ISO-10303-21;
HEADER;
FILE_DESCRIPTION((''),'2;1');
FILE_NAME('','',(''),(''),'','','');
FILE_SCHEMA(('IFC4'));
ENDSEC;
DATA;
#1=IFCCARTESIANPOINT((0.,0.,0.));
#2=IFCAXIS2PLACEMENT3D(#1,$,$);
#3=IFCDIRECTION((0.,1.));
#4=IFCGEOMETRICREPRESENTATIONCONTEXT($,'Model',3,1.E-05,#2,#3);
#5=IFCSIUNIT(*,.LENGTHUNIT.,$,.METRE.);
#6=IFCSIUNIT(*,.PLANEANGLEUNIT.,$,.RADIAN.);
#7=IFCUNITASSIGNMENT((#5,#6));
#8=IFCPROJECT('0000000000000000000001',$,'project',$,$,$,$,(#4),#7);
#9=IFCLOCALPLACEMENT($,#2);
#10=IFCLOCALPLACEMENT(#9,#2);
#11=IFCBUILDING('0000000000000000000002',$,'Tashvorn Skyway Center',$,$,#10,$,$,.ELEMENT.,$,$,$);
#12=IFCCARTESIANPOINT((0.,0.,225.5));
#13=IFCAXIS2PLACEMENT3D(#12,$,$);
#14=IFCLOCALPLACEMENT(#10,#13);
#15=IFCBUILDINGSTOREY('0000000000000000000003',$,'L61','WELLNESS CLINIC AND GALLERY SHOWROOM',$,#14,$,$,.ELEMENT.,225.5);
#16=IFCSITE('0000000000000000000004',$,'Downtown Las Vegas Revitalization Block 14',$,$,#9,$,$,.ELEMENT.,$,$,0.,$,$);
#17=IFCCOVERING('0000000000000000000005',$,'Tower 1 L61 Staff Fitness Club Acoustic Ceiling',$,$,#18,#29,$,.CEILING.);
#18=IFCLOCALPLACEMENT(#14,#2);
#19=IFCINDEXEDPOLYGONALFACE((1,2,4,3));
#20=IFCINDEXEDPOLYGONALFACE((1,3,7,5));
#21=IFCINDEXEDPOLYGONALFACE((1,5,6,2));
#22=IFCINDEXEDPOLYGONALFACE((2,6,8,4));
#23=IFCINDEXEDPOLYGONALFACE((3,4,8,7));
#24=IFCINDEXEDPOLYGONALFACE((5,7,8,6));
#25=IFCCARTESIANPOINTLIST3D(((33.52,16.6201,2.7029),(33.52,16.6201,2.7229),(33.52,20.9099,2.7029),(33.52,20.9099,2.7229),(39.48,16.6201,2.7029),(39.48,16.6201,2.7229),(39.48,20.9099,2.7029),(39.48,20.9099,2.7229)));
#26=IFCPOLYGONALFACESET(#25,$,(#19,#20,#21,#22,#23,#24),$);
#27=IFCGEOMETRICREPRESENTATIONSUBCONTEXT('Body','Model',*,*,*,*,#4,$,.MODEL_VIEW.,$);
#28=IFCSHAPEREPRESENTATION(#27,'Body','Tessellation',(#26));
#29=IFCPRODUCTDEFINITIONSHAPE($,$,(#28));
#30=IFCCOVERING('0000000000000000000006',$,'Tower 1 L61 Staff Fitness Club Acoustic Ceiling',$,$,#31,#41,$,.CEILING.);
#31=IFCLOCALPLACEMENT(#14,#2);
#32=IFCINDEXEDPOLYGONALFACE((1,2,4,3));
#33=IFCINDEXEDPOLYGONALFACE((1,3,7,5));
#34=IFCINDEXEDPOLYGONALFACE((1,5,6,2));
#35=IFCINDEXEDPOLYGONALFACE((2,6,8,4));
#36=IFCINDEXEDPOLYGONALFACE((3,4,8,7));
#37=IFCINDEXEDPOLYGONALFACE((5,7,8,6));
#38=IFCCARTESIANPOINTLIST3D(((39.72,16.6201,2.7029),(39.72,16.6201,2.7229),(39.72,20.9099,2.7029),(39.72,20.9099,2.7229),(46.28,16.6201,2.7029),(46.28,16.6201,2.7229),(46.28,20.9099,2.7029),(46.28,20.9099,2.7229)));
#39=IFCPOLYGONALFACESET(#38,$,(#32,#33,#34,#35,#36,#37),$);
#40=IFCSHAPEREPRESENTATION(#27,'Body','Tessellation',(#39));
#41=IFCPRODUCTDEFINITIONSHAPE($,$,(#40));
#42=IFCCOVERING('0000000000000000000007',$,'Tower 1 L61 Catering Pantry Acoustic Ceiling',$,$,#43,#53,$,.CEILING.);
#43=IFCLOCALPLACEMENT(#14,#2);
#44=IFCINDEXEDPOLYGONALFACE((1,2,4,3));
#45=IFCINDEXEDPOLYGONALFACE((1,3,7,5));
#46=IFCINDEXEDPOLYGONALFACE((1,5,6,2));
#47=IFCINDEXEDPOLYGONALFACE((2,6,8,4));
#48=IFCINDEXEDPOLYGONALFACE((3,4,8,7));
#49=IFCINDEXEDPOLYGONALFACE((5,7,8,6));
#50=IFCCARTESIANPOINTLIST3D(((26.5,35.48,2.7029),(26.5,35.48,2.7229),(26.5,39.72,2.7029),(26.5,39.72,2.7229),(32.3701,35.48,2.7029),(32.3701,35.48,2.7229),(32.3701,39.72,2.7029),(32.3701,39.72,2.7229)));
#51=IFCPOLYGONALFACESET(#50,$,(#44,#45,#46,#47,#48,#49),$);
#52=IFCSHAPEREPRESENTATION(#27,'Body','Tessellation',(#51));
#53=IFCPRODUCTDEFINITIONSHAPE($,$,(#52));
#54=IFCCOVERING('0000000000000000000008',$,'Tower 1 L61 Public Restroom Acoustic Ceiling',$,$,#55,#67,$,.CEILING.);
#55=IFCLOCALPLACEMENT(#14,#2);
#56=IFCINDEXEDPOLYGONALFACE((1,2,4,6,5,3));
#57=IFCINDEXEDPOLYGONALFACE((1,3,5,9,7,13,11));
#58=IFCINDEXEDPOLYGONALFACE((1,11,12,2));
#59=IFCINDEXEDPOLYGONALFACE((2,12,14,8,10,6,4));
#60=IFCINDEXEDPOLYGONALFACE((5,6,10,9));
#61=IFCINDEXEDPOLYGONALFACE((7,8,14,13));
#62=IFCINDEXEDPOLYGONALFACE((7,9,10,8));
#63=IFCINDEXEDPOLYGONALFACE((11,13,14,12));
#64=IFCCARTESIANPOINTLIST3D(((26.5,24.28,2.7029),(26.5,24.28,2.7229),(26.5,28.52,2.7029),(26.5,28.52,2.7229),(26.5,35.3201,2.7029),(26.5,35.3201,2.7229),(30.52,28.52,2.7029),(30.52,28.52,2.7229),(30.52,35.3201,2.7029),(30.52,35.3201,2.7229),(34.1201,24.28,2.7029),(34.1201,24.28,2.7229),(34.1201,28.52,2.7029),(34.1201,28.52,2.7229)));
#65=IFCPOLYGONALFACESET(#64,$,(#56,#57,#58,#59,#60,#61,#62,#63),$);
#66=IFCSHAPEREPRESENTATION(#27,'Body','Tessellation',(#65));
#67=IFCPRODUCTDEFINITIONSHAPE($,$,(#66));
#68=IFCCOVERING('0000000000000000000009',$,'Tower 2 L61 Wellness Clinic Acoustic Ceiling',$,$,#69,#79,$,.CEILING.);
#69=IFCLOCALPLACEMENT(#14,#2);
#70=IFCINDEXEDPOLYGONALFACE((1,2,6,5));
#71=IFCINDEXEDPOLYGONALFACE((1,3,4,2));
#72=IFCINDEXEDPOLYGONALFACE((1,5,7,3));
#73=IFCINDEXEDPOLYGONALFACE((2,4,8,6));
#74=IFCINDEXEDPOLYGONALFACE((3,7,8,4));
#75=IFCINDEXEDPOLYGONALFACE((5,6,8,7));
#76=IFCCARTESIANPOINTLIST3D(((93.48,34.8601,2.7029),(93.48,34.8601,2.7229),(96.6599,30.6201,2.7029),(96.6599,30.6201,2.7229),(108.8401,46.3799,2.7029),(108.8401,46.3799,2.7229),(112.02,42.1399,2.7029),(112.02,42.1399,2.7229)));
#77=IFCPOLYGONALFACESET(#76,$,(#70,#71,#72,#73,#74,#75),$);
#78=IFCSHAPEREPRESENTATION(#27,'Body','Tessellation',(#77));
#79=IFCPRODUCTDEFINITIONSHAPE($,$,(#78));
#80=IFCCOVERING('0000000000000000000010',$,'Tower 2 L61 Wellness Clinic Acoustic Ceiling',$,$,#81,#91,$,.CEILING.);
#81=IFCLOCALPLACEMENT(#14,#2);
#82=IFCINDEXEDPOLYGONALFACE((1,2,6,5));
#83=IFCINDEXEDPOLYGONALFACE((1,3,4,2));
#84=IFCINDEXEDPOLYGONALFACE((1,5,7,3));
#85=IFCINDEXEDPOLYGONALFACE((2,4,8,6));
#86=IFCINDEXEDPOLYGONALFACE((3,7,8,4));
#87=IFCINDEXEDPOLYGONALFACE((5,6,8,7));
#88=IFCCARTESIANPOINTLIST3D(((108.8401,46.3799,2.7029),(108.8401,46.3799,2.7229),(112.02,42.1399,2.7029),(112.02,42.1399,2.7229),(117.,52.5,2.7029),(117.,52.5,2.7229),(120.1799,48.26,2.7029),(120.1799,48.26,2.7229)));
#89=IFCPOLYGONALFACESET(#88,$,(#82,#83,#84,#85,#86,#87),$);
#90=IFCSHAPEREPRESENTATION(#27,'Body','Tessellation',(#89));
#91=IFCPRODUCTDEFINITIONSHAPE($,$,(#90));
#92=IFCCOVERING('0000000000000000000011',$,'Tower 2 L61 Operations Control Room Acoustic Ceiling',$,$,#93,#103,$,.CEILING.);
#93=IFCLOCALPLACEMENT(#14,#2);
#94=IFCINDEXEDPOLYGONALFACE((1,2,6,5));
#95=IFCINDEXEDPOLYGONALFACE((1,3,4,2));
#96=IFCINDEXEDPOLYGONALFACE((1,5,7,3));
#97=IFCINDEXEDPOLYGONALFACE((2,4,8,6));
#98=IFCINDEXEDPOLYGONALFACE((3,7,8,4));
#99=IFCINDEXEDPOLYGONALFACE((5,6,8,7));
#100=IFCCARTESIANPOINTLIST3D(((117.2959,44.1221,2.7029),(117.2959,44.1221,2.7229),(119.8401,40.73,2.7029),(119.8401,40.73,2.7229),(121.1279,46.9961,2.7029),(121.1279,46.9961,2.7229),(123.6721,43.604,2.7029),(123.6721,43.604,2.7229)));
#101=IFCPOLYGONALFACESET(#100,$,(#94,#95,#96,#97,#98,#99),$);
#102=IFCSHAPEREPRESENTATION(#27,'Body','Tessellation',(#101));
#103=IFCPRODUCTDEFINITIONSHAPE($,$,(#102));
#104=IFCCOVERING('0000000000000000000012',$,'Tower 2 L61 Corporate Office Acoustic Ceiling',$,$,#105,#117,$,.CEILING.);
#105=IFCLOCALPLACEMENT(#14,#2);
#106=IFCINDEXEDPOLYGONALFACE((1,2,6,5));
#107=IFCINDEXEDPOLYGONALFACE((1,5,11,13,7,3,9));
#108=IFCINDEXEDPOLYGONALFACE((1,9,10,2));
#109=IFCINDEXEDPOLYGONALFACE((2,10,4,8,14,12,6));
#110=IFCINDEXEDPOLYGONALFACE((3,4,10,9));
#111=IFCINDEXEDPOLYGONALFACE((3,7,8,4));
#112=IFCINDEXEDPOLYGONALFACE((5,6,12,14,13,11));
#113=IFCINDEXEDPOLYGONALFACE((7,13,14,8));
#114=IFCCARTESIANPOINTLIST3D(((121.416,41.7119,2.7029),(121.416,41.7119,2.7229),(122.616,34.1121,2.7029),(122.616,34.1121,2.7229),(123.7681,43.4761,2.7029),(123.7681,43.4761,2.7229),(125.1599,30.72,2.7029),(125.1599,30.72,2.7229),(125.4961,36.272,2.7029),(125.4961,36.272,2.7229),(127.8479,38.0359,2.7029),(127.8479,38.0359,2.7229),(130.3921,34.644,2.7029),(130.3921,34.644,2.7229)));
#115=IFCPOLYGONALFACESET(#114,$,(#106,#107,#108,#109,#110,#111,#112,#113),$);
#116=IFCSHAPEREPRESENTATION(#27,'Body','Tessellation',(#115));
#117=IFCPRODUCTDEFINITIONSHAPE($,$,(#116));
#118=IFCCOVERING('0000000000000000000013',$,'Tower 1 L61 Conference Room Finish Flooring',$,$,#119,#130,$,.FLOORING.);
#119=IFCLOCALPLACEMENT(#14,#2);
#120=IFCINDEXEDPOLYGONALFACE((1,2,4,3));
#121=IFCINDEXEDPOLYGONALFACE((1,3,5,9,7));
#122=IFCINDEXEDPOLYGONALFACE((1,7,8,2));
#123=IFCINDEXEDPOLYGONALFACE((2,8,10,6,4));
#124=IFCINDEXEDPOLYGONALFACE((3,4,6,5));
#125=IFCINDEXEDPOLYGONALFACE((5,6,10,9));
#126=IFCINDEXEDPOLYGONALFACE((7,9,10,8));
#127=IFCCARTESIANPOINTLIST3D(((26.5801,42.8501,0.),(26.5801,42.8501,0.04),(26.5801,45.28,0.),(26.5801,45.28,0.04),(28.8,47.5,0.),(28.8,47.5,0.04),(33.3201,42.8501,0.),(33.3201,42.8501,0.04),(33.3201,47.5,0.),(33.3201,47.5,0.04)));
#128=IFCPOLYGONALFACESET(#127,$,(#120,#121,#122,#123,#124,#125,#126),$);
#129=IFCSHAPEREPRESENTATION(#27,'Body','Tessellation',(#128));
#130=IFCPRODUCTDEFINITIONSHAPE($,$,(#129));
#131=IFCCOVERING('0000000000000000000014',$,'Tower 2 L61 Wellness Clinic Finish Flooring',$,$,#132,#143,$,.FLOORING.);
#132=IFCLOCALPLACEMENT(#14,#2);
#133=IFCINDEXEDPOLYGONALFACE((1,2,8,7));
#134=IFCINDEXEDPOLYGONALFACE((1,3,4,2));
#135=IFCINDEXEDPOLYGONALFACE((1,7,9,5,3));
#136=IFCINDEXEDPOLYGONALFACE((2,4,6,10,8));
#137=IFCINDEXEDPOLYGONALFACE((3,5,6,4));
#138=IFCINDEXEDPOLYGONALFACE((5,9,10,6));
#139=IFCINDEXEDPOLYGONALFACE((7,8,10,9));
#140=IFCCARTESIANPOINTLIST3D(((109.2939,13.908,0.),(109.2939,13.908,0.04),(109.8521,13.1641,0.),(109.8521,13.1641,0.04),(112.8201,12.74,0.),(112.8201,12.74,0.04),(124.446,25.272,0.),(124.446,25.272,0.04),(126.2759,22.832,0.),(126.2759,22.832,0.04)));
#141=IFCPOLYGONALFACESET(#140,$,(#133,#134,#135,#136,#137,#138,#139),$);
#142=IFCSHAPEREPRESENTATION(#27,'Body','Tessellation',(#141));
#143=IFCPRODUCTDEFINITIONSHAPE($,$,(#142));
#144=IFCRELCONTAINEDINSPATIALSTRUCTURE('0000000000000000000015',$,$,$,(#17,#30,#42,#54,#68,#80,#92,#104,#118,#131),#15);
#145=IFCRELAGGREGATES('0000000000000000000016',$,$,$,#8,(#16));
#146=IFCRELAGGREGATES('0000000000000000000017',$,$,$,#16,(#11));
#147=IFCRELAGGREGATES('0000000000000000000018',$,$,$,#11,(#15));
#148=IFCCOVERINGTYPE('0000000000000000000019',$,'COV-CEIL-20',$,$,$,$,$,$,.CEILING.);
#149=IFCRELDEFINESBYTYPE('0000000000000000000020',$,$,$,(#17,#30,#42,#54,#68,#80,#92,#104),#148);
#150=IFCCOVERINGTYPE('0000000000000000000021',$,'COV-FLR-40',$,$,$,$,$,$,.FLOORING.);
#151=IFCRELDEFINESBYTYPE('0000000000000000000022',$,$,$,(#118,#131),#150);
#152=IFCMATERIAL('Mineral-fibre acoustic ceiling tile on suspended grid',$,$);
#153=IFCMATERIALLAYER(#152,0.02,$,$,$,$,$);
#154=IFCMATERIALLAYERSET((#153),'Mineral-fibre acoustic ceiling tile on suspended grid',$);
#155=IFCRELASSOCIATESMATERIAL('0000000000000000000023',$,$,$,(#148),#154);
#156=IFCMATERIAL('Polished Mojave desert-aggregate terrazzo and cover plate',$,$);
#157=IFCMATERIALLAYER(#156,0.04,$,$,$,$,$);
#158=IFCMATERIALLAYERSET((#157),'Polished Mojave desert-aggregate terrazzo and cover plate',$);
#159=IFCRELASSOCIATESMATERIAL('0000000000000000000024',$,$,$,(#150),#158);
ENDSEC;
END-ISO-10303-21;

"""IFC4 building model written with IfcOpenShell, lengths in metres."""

from ifc_helpers import new_model, si_unit, direction, frame, origin, place, context, subcontext, project, spatial, polyline, outline, extrude, material, layer, layer_set, type_object, element, save


model = new_model("IFC4")

# Units and contexts
model_context = context("Model", 3, precision=1e-05, world=origin(), true_north=direction((0.0, 1.0)))
body_context = subcontext(model_context, "Body", "Model", "MODEL_VIEW")
ifc_project = project(units=[si_unit("LENGTHUNIT", "METRE"), si_unit("PLANEANGLEUNIT", "RADIAN")], contexts=[model_context])

# Site, building, storey
site_placement = place(None, origin())
site = spatial("IfcSite", under=ifc_project, at=site_placement, Name="Downtown Las Vegas Revitalization Block 14", CompositionType="ELEMENT", RefElevation=0.0)
building_placement = place(site_placement, origin())
building = spatial("IfcBuilding", under=site, at=building_placement, Name="Tashvorn Skyway Center", CompositionType="ELEMENT")
storey_placement = place(building_placement, frame((0.0, 0.0, 225.5)))
storey = spatial("IfcBuildingStorey", under=building, at=storey_placement, Name="L61", Description="WELLNESS CLINIC AND GALLERY SHOWROOM", CompositionType="ELEMENT", Elevation=225.5)

# Coverings
ifc_material_1 = material(Name="Mineral-fibre acoustic ceiling tile on suspended grid")
ifc_layer_1 = layer(ifc_material_1, 0.02)
ifc_layer_set_1 = layer_set([ifc_layer_1], Name="Mineral-fibre acoustic ceiling tile on suspended grid")
covering_type_1 = type_object("IfcCoveringType", Name="COV-CEIL-20", PredefinedType="CEILING", material=ifc_layer_set_1)
covering_1_placement = place(storey_placement, frame((0.0, 0.0, 2.7029)))
element("IfcCovering", 1, at=covering_1_placement, inside=storey, type_object=covering_type_1, Name="Tower 1 L61 Staff Fitness Club Acoustic Ceiling", PredefinedType="CEILING", context=body_context, shape_type="SweptSolid", body=[
    extrude(outline(polyline([(33.52, 20.9099), (39.48, 20.9099), (39.48, 16.6201), (33.52, 16.6201), (33.52, 20.9099)])), origin(), (0.0, 0.0, 1.0), 0.02),
])
covering_2_placement = place(storey_placement, frame((0.0, 0.0, 2.7029)))
element("IfcCovering", 2, at=covering_2_placement, inside=storey, type_object=covering_type_1, Name="Tower 1 L61 Staff Fitness Club Acoustic Ceiling", PredefinedType="CEILING", context=body_context, shape_type="SweptSolid", body=[
    extrude(outline(polyline([(39.72, 20.9099), (46.28, 20.9099), (46.28, 16.6201), (39.72, 16.6201), (39.72, 20.9099)])), origin(), (0.0, 0.0, 1.0), 0.02),
])
covering_3_placement = place(storey_placement, frame((0.0, 0.0, 2.7029)))
element("IfcCovering", 3, at=covering_3_placement, inside=storey, type_object=covering_type_1, Name="Tower 1 L61 Catering Pantry Acoustic Ceiling", PredefinedType="CEILING", context=body_context, shape_type="SweptSolid", body=[
    extrude(outline(polyline([(32.3701, 39.72), (32.3701, 35.48), (26.5, 35.48), (26.5, 39.72), (32.3701, 39.72)])), origin(), (0.0, 0.0, 1.0), 0.02),
])
covering_4_placement = place(storey_placement, frame((0.0, 0.0, 2.7029)))
element("IfcCovering", 4, at=covering_4_placement, inside=storey, type_object=covering_type_1, Name="Tower 1 L61 Public Restroom Acoustic Ceiling", PredefinedType="CEILING", context=body_context, shape_type="SweptSolid", body=[
    extrude(outline(polyline([(34.1201, 24.28), (26.5, 24.28), (26.5, 28.52), (26.5, 35.3201), (30.52, 35.3201), (30.52, 28.52), (34.1201, 28.52), (34.1201, 24.28)])), origin(), (0.0, 0.0, 1.0), 0.02),
])
covering_5_placement = place(storey_placement, frame((0.0, 0.0, 2.7029)))
element("IfcCovering", 5, at=covering_5_placement, inside=storey, type_object=covering_type_1, Name="Tower 2 L61 Wellness Clinic Acoustic Ceiling", PredefinedType="CEILING", context=body_context, shape_type="SweptSolid", body=[
    extrude(outline(polyline([(96.6599, 30.6201), (112.02, 42.1399), (108.8401, 46.3799), (93.48, 34.8601), (96.6599, 30.6201)])), origin(), (0.0, 0.0, 1.0), 0.02),
])
covering_6_placement = place(storey_placement, frame((0.0, 0.0, 2.7029)))
element("IfcCovering", 6, at=covering_6_placement, inside=storey, type_object=covering_type_1, Name="Tower 2 L61 Wellness Clinic Acoustic Ceiling", PredefinedType="CEILING", context=body_context, shape_type="SweptSolid", body=[
    extrude(outline(polyline([(112.02, 42.1399), (120.1799, 48.26), (117.0, 52.5), (108.8401, 46.3799), (112.02, 42.1399)])), origin(), (0.0, 0.0, 1.0), 0.02),
])
covering_7_placement = place(storey_placement, frame((0.0, 0.0, 2.7029)))
element("IfcCovering", 7, at=covering_7_placement, inside=storey, type_object=covering_type_1, Name="Tower 2 L61 Operations Control Room Acoustic Ceiling", PredefinedType="CEILING", context=body_context, shape_type="SweptSolid", body=[
    extrude(outline(polyline([(119.8401, 40.73), (117.2959, 44.1221), (121.1279, 46.9961), (123.6721, 43.604), (119.8401, 40.73)])), origin(), (0.0, 0.0, 1.0), 0.02),
])
covering_8_placement = place(storey_placement, frame((0.0, 0.0, 2.7029)))
element("IfcCovering", 8, at=covering_8_placement, inside=storey, type_object=covering_type_1, Name="Tower 2 L61 Corporate Office Acoustic Ceiling", PredefinedType="CEILING", context=body_context, shape_type="SweptSolid", body=[
    extrude(outline(polyline([(125.1599, 30.72), (122.616, 34.1121), (125.4961, 36.272), (121.416, 41.7119), (123.7681, 43.4761), (127.8479, 38.0359), (130.3921, 34.644), (125.1599, 30.72)])), origin(), (0.0, 0.0, 1.0), 0.02),
])
ifc_material_2 = material(Name="Polished Mojave desert-aggregate terrazzo and cover plate")
ifc_layer_2 = layer(ifc_material_2, 0.04)
ifc_layer_set_2 = layer_set([ifc_layer_2], Name="Polished Mojave desert-aggregate terrazzo and cover plate")
covering_type_2 = type_object("IfcCoveringType", Name="COV-FLR-40", PredefinedType="FLOORING", material=ifc_layer_set_2)
covering_9_placement = place(storey_placement, origin())
element("IfcCovering", 9, at=covering_9_placement, inside=storey, type_object=covering_type_2, Name="Tower 1 L61 Conference Room Finish Flooring", PredefinedType="FLOORING", context=body_context, shape_type="SweptSolid", body=[
    extrude(outline(polyline([(33.3201, 42.8501), (26.5801, 42.8501), (26.5801, 45.28), (28.8, 47.5), (33.3201, 47.5), (33.3201, 42.8501)])), origin(), (0.0, 0.0, 1.0), 0.04),
])
covering_10_placement = place(storey_placement, origin())
element("IfcCovering", 10, at=covering_10_placement, inside=storey, type_object=covering_type_2, Name="Tower 2 L61 Wellness Clinic Finish Flooring", PredefinedType="FLOORING", context=body_context, shape_type="SweptSolid", body=[
    extrude(outline(polyline([(112.8201, 12.74), (109.8521, 13.1641), (109.2939, 13.908), (124.446, 25.272), (126.2759, 22.832), (112.8201, 12.74)])), origin(), (0.0, 0.0, 1.0), 0.04),
])

save(model, "model.ifc")
